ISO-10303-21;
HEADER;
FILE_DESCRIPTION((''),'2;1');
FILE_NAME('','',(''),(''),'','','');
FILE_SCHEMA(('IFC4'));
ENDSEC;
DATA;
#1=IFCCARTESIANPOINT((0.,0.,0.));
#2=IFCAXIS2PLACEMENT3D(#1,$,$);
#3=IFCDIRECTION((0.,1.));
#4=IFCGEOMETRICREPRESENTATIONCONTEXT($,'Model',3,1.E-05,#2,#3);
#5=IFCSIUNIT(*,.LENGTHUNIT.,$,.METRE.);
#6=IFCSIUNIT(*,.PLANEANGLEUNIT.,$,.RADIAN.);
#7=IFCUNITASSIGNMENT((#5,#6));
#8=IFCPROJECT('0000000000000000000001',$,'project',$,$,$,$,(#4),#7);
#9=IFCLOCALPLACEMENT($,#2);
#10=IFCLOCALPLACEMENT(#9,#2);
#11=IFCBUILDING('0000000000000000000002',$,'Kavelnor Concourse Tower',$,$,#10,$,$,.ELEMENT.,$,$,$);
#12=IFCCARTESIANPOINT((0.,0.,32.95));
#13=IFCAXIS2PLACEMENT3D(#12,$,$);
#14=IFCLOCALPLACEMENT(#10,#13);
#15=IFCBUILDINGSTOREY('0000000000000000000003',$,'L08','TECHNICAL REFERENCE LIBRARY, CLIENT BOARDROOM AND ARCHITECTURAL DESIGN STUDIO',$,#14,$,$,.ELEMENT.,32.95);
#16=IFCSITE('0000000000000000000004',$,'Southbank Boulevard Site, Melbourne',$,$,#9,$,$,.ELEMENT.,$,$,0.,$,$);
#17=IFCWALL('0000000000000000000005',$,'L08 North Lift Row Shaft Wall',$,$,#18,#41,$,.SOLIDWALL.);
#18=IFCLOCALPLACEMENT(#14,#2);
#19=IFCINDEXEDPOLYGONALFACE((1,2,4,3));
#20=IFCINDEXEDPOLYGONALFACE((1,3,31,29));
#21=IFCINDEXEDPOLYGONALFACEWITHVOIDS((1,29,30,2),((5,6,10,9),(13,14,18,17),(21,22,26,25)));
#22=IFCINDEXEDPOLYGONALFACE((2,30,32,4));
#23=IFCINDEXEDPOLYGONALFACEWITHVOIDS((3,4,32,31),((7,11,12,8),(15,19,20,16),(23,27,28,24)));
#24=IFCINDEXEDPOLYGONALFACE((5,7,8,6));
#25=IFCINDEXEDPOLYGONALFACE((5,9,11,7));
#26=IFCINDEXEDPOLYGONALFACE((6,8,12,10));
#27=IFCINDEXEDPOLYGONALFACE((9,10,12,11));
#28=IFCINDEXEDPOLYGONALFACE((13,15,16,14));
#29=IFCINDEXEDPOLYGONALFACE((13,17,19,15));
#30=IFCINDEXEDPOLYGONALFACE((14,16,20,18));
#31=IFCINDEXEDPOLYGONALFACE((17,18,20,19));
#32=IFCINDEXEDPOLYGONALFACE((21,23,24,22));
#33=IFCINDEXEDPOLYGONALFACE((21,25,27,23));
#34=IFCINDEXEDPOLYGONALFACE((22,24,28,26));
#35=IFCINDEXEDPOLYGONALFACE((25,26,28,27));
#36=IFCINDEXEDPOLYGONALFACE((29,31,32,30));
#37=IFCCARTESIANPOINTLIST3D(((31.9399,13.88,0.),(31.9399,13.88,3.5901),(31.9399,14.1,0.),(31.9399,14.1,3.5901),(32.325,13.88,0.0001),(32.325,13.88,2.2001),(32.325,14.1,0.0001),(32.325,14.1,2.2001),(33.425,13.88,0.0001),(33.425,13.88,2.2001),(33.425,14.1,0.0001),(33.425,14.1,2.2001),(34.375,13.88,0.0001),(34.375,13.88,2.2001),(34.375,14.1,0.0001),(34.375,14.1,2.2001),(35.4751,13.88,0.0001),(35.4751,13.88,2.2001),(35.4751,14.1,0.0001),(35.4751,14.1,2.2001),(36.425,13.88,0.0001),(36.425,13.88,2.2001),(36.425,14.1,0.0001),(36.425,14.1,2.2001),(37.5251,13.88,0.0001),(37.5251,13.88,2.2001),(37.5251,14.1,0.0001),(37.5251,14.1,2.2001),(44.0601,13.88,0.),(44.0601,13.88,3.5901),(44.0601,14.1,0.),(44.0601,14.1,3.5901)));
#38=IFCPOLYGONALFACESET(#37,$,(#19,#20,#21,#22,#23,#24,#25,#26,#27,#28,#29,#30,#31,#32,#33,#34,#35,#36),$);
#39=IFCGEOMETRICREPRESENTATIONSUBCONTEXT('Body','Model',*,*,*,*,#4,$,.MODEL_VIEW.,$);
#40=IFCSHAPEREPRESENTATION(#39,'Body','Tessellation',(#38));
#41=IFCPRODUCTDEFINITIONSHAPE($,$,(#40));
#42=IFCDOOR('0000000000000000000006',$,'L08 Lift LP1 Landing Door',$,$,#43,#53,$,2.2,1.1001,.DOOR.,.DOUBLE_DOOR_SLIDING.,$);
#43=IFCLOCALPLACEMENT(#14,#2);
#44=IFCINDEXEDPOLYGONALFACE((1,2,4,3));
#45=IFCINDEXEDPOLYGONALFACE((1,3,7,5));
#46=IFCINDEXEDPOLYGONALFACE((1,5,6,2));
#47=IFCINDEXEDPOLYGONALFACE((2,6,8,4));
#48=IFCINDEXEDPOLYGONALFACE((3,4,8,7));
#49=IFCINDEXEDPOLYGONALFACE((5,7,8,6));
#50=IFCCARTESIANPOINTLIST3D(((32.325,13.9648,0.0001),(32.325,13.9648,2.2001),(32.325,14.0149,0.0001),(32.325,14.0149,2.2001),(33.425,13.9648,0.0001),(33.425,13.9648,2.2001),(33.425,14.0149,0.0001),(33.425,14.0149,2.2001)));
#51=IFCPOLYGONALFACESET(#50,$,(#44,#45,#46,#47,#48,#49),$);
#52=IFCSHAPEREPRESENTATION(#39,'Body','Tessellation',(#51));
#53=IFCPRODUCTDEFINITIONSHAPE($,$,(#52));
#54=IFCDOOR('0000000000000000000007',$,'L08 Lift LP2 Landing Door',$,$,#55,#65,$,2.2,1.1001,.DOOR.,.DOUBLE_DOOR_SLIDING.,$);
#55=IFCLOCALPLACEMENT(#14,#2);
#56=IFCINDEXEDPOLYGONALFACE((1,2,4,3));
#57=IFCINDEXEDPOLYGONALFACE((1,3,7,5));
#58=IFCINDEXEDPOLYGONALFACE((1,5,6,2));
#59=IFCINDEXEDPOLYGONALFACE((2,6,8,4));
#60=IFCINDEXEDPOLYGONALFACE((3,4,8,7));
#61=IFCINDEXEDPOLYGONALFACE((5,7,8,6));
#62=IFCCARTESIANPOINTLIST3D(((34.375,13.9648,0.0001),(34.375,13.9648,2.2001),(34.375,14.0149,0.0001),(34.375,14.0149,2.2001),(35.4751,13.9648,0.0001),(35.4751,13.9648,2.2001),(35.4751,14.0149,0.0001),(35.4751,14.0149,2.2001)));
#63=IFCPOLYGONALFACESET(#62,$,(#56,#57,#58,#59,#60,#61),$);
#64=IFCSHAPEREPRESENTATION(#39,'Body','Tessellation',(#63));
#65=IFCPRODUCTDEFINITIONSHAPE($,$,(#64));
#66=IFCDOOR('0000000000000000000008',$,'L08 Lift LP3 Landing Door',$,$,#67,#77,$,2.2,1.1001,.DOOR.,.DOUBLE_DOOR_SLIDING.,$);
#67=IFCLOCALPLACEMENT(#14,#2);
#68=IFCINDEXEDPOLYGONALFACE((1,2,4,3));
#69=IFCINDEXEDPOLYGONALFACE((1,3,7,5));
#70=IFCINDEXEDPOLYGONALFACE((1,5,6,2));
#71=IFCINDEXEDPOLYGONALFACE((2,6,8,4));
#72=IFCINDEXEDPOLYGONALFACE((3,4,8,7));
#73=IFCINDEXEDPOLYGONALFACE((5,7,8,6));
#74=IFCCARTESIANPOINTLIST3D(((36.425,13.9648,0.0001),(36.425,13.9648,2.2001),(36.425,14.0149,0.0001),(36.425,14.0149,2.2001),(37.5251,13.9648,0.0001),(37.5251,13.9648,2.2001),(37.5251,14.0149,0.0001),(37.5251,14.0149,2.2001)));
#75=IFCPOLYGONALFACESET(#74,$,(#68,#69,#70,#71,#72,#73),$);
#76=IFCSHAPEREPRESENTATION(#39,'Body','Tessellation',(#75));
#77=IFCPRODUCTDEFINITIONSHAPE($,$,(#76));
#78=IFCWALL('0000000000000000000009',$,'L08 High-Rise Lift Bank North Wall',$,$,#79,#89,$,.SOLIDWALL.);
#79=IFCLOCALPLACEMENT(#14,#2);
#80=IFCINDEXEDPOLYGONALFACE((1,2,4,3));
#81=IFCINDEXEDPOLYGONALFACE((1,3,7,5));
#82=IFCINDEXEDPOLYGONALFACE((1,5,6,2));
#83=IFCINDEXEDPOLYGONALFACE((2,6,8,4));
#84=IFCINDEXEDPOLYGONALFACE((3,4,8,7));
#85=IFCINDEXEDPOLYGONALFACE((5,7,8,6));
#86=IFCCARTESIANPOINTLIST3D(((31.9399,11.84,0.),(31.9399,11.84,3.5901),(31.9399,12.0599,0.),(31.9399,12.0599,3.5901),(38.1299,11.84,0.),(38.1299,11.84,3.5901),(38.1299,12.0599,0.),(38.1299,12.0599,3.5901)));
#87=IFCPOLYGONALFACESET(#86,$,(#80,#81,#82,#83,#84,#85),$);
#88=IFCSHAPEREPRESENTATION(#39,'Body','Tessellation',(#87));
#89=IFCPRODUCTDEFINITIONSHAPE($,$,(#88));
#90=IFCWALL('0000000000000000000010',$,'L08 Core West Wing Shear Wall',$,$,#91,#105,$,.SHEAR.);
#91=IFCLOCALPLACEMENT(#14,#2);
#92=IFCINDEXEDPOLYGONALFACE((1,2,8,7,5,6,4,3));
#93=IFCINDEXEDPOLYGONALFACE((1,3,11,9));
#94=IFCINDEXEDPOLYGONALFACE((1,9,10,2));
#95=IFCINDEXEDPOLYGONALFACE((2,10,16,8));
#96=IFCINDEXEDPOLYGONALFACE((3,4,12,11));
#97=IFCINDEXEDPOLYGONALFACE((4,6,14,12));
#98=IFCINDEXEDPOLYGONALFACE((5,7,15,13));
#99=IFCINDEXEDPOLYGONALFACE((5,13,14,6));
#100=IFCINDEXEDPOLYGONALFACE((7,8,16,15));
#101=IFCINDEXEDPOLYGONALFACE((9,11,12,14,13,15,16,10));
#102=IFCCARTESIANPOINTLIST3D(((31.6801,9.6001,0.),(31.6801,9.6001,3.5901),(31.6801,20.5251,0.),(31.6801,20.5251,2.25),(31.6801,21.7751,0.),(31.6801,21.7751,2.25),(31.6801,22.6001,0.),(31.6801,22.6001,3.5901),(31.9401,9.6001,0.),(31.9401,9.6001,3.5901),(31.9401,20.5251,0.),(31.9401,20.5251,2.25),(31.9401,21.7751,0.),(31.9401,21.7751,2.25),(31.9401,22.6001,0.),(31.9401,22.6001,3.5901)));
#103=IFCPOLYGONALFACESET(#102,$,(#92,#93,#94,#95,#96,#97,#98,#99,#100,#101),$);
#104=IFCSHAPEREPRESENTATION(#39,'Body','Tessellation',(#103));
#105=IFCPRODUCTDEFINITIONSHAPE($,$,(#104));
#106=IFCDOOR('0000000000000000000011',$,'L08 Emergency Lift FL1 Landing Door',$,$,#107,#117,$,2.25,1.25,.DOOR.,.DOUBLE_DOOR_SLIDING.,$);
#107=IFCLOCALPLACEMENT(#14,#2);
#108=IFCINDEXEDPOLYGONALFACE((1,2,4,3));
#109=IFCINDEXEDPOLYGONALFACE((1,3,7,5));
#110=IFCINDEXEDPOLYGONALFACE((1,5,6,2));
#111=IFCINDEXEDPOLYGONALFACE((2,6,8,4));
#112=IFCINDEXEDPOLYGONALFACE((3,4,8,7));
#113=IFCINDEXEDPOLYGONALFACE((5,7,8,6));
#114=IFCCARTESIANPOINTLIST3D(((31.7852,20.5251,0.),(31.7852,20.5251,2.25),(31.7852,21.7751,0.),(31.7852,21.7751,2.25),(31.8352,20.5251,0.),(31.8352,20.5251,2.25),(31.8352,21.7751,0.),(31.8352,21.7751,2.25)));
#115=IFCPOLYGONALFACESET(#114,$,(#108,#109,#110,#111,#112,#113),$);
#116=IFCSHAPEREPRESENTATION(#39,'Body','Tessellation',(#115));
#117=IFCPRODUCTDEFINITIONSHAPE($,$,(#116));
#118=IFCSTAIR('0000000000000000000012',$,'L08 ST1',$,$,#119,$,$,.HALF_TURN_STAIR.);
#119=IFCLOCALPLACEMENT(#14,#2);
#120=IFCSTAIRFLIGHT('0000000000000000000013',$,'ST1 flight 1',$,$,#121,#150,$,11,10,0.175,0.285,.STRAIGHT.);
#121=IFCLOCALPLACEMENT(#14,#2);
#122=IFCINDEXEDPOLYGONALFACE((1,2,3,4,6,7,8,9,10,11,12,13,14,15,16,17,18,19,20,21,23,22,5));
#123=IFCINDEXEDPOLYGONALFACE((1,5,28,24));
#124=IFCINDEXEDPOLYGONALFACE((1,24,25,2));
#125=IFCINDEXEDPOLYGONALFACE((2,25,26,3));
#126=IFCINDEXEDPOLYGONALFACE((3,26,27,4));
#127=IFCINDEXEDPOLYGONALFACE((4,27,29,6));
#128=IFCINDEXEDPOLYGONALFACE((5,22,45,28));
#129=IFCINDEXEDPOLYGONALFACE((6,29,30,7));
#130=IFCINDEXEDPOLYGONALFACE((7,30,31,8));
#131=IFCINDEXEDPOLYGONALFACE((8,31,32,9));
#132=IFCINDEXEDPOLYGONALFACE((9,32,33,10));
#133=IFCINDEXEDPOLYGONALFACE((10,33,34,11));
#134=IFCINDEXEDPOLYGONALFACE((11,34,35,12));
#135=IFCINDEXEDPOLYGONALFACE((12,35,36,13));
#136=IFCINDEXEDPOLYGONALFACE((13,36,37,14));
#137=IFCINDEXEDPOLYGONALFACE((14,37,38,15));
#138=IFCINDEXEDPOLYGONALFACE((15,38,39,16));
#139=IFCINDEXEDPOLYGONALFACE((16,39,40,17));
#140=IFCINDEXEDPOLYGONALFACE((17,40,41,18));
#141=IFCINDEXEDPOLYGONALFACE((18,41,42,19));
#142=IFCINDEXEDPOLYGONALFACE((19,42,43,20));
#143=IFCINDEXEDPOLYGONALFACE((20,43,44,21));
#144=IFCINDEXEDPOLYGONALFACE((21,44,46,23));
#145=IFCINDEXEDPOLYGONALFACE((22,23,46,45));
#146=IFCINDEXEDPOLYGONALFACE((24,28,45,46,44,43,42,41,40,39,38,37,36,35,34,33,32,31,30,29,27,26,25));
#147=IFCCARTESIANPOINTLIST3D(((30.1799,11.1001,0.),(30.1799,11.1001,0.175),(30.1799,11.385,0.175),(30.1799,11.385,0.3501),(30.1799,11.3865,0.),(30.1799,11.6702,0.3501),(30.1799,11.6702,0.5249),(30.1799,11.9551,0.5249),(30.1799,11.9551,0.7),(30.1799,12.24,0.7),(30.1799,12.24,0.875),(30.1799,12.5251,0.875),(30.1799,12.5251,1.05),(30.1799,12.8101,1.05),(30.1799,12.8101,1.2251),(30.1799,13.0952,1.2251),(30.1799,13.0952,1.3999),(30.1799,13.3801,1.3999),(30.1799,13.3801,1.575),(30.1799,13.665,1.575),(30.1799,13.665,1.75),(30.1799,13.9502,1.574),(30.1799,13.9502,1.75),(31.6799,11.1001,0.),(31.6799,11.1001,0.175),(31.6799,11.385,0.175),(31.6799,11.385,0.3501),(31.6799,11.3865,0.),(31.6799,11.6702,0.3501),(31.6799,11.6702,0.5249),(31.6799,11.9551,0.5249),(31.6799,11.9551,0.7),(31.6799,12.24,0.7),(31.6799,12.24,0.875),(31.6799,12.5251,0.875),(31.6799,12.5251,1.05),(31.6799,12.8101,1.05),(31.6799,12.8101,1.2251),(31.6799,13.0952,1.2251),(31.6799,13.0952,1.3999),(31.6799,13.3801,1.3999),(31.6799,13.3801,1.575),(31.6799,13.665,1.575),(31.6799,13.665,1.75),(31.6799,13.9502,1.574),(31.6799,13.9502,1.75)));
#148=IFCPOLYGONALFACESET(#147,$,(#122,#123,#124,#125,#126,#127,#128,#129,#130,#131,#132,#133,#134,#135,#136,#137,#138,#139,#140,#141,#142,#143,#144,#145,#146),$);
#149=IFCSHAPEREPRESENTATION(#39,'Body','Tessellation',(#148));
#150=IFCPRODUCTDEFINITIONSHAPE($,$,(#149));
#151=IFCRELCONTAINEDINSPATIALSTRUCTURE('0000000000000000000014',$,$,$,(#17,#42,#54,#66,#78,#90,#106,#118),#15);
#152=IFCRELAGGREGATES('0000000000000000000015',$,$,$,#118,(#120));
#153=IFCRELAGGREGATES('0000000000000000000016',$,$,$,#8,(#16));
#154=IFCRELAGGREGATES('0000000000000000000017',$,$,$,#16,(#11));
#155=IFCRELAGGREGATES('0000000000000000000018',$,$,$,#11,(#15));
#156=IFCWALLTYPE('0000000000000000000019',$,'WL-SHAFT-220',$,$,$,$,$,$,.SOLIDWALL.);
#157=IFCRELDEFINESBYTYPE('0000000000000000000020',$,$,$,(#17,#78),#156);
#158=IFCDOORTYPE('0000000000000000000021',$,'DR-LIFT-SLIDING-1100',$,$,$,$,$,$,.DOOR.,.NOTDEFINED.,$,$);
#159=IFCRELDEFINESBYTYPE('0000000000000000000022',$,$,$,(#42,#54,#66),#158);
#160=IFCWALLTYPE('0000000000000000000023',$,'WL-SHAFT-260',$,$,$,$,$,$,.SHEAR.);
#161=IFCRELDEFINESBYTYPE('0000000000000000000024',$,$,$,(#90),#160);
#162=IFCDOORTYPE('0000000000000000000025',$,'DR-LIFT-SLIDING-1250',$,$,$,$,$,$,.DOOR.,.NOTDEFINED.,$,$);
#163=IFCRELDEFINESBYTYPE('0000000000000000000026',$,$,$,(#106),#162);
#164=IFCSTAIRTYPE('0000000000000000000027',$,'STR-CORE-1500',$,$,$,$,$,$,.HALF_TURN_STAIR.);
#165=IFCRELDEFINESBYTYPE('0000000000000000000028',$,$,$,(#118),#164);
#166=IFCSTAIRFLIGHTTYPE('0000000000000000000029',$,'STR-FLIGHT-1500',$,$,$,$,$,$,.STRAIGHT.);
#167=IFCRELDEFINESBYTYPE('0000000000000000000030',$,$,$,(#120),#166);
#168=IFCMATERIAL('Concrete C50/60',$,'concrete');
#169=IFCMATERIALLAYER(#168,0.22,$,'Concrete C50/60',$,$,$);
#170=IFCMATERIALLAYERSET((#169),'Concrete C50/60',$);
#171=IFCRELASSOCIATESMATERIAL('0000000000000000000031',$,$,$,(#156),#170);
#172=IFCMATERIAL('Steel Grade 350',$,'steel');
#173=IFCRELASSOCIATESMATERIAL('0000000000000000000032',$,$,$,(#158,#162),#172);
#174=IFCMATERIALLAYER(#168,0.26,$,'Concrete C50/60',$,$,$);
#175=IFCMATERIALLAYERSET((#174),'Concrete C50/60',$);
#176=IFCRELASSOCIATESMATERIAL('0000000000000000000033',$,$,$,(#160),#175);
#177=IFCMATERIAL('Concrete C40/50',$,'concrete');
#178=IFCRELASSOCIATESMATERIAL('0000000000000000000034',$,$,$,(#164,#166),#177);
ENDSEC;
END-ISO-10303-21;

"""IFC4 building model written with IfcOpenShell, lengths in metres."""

from ifc_helpers import new_model, si_unit, direction, frame, frame_2d, origin, place, context, subcontext, project, spatial, polyline, rectangle, outline, extrude, material, layer, layer_set, type_object, element, fill, aggregate, save


model = new_model("IFC4")

# Units and contexts
model_context = context("Model", 3, precision=1e-05, world=origin(), true_north=direction((0.0, 1.0)))
body_context = subcontext(model_context, "Body", "Model", "MODEL_VIEW")
ifc_project = project(units=[si_unit("LENGTHUNIT", "METRE"), si_unit("PLANEANGLEUNIT", "RADIAN")], contexts=[model_context])

# Site, building, storey
site_placement = place(None, origin())
site = spatial("IfcSite", under=ifc_project, at=site_placement, Name="Southbank Boulevard Site, Melbourne", CompositionType="ELEMENT", RefElevation=0.0)
building_placement = place(site_placement, origin())
building = spatial("IfcBuilding", under=site, at=building_placement, Name="Kavelnor Concourse Tower", CompositionType="ELEMENT")
storey_placement = place(building_placement, frame((0.0, 0.0, 32.95)))
storey = spatial("IfcBuildingStorey", under=building, at=storey_placement, Name="L08", Description="TECHNICAL REFERENCE LIBRARY, CLIENT BOARDROOM AND ARCHITECTURAL DESIGN STUDIO", CompositionType="ELEMENT", Elevation=32.95)

# Shared definitions
ifc_material_1 = material(Name="Steel Grade 350", Category="steel")

# Shared definitions
ifc_material_2 = material(Name="Concrete C50/60", Category="concrete")
ifc_layer_1 = layer(ifc_material_2, 0.22, Name="Concrete C50/60")
ifc_layer_set_1 = layer_set([ifc_layer_1], Name="Concrete C50/60")
wall_type_1 = type_object("IfcWallType", Name="WL-SHAFT-220", PredefinedType="SOLIDWALL", material=ifc_layer_set_1)

# Wall, openings, doors
wall_1_placement = place(storey_placement, frame((31.9399, 13.99, 0.0), z_axis=(0.0, 0.0, 1.0), x_axis=(1.0, 0.0, 0.0)))
wall_1 = element("IfcWall", 1, at=wall_1_placement, inside=storey, type_object=wall_type_1, Name="L08 North Lift Row Shaft Wall", PredefinedType="SOLIDWALL", context=body_context, shape_type="SweptSolid", body=[
    extrude(rectangle(XDim=12.1201, YDim=0.22, at=frame_2d((6.0601, 0.0))), origin(), (0.0, 0.0, 1.0), 3.5901),
])
opening_1_placement = place(wall_1_placement, frame((0.385, 0.0, 0.0)))
opening_1 = element("IfcOpeningElement", 2, at=opening_1_placement, cuts=wall_1, PredefinedType="OPENING", context=body_context, shape_type="SweptSolid", body=[
    extrude(rectangle(XDim=1.1001, YDim=2.2, at=frame_2d((0.55, 1.1001))), frame((0.0, 0.1201, 0.0), z_axis=(0.0, -1.0, 0.0), x_axis=(1.0, 0.0, 0.0)), (0.0, 0.0, 1.0), 0.24),
])
opening_2_placement = place(wall_1_placement, frame((2.4351, 0.0, 0.0)))
opening_2 = element("IfcOpeningElement", 3, at=opening_2_placement, cuts=wall_1, PredefinedType="OPENING", context=body_context, shape_type="SweptSolid", body=[
    extrude(rectangle(XDim=1.1001, YDim=2.2, at=frame_2d((0.55, 1.1001))), frame((0.0, 0.1201, 0.0), z_axis=(0.0, -1.0, 0.0), x_axis=(1.0, 0.0, 0.0)), (0.0, 0.0, 1.0), 0.24),
])
opening_3_placement = place(wall_1_placement, frame((4.4851, 0.0, 0.0)))
opening_3 = element("IfcOpeningElement", 4, at=opening_3_placement, cuts=wall_1, PredefinedType="OPENING", context=body_context, shape_type="SweptSolid", body=[
    extrude(rectangle(XDim=1.1001, YDim=2.2, at=frame_2d((0.55, 1.1001))), frame((0.0, 0.1201, 0.0), z_axis=(0.0, -1.0, 0.0), x_axis=(1.0, 0.0, 0.0)), (0.0, 0.0, 1.0), 0.24),
])
door_type_1 = type_object("IfcDoorType", Name="DR-LIFT-SLIDING-1100", OperationType="NOTDEFINED", PredefinedType="DOOR", material=ifc_material_1)
door_1_placement = place(opening_1_placement, origin())
door_1 = element("IfcDoor", 5, at=door_1_placement, inside=storey, type_object=door_type_1, Name="L08 Lift LP1 Landing Door", OperationType="DOUBLE_DOOR_SLIDING", OverallHeight=2.2, OverallWidth=1.1001, PredefinedType="DOOR", context=body_context, shape_type="SweptSolid", body=[
    extrude(rectangle(XDim=1.1001, YDim=2.2, at=frame_2d((0.55, 1.1001))), frame((0.0, 0.0249, 0.0), z_axis=(0.0, -1.0, 0.0), x_axis=(1.0, 0.0, 0.0)), (0.0, 0.0, 1.0), 0.05),
])
fill(opening_1, door_1)
door_2_placement = place(opening_2_placement, origin())
door_2 = element("IfcDoor", 6, at=door_2_placement, inside=storey, type_object=door_type_1, Name="L08 Lift LP2 Landing Door", OperationType="DOUBLE_DOOR_SLIDING", OverallHeight=2.2, OverallWidth=1.1001, PredefinedType="DOOR", context=body_context, shape_type="SweptSolid", body=[
    extrude(rectangle(XDim=1.1001, YDim=2.2, at=frame_2d((0.55, 1.1001))), frame((0.0, 0.0249, 0.0), z_axis=(0.0, -1.0, 0.0), x_axis=(1.0, 0.0, 0.0)), (0.0, 0.0, 1.0), 0.05),
])
fill(opening_2, door_2)
door_3_placement = place(opening_3_placement, origin())
door_3 = element("IfcDoor", 7, at=door_3_placement, inside=storey, type_object=door_type_1, Name="L08 Lift LP3 Landing Door", OperationType="DOUBLE_DOOR_SLIDING", OverallHeight=2.2, OverallWidth=1.1001, PredefinedType="DOOR", context=body_context, shape_type="SweptSolid", body=[
    extrude(rectangle(XDim=1.1001, YDim=2.2, at=frame_2d((0.55, 1.1001))), frame((0.0, 0.0249, 0.0), z_axis=(0.0, -1.0, 0.0), x_axis=(1.0, 0.0, 0.0)), (0.0, 0.0, 1.0), 0.05),
])
fill(opening_3, door_3)

# Wall
wall_2_placement = place(storey_placement, frame((31.9399, 11.95, 0.0), z_axis=(0.0, 0.0, 1.0), x_axis=(1.0, 0.0, 0.0)))
element("IfcWall", 8, at=wall_2_placement, inside=storey, type_object=wall_type_1, Name="L08 High-Rise Lift Bank North Wall", PredefinedType="SOLIDWALL", context=body_context, shape_type="SweptSolid", body=[
    extrude(rectangle(XDim=6.1899, YDim=0.22, at=frame_2d((3.095, 0.0))), origin(), (0.0, 0.0, 1.0), 3.5901),
])

# Wall, opening, door
ifc_layer_2 = layer(ifc_material_2, 0.26, Name="Concrete C50/60")
ifc_layer_set_2 = layer_set([ifc_layer_2], Name="Concrete C50/60")
wall_type_2 = type_object("IfcWallType", Name="WL-SHAFT-260", PredefinedType="SHEAR", material=ifc_layer_set_2)
wall_3_placement = place(storey_placement, frame((31.8101, 9.6001, 0.0), z_axis=(0.0, 0.0, 1.0), x_axis=(0.0, 1.0, 0.0)))
wall_3 = element("IfcWall", 9, at=wall_3_placement, inside=storey, type_object=wall_type_2, Name="L08 Core West Wing Shear Wall", PredefinedType="SHEAR", context=body_context, shape_type="SweptSolid", body=[
    extrude(rectangle(XDim=13.0, YDim=0.26, at=frame_2d((6.5, 0.0))), origin(), (0.0, 0.0, 1.0), 3.5901),
])
opening_4_placement = place(wall_3_placement, frame((10.925, 0.0, 0.0)))
opening_4 = element("IfcOpeningElement", 10, at=opening_4_placement, cuts=wall_3, PredefinedType="OPENING", context=body_context, shape_type="SweptSolid", body=[
    extrude(rectangle(XDim=1.25, YDim=2.25, at=frame_2d((0.625, 1.125))), frame((0.0, 0.1401, 0.0), z_axis=(0.0, -1.0, 0.0), x_axis=(1.0, 0.0, 0.0)), (0.0, 0.0, 1.0), 0.28),
])
door_type_2 = type_object("IfcDoorType", Name="DR-LIFT-SLIDING-1250", OperationType="NOTDEFINED", PredefinedType="DOOR", material=ifc_material_1)
door_4_placement = place(opening_4_placement, origin())
door_4 = element("IfcDoor", 11, at=door_4_placement, inside=storey, type_object=door_type_2, Name="L08 Emergency Lift FL1 Landing Door", OperationType="DOUBLE_DOOR_SLIDING", OverallHeight=2.25, OverallWidth=1.25, PredefinedType="DOOR", context=body_context, shape_type="SweptSolid", body=[
    extrude(rectangle(XDim=1.25, YDim=2.25, at=frame_2d((0.625, 1.125))), frame((0.0, 0.0249, 0.0), z_axis=(0.0, -1.0, 0.0), x_axis=(1.0, 0.0, 0.0)), (0.0, 0.0, 1.0), 0.05),
])
fill(opening_4, door_4)

# Stair, stair flight
ifc_material_3 = material(Name="Concrete C40/50", Category="concrete")
stair_type = type_object("IfcStairType", Name="STR-CORE-1500", PredefinedType="HALF_TURN_STAIR", material=ifc_material_3)
stair_placement = place(storey_placement, origin())
stair = element("IfcStair", 12, at=stair_placement, inside=storey, type_object=stair_type, Name="L08 ST1", PredefinedType="HALF_TURN_STAIR")
stair_flight_type = type_object("IfcStairFlightType", Name="STR-FLIGHT-1500", PredefinedType="STRAIGHT", material=ifc_material_3)
stair_flight_1_placement = place(storey_placement, frame((30.9299, 11.1001, 0.0), z_axis=(0.0, 0.0, 1.0), x_axis=(0.0, 1.0, 0.0)))
stair_flight_1 = element("IfcStairFlight", 13, at=stair_flight_1_placement, type_object=stair_flight_type, Name="ST1 flight 1", NumberOfRisers=11, NumberOfTreads=10, PredefinedType="STRAIGHT", RiserHeight=0.175, TreadLength=0.285, context=body_context, shape_type="SweptSolid", body=[
    extrude(outline(polyline([(0.0, 0.0), (0.0, 0.175), (0.2849, 0.175), (0.2849, 0.3501), (0.5701, 0.3501), (0.5701, 0.5249), (0.855, 0.5249), (0.855, 0.7), (1.1399, 0.7), (1.1399, 0.875), (1.425, 0.875), (1.425, 1.05), (1.71, 1.05), (1.71, 1.2251), (1.9951, 1.2251), (1.9951, 1.3999), (2.28, 1.3999), (2.28, 1.575), (2.5649, 1.575), (2.5649, 1.75), (2.8501, 1.75), (2.8501, 1.925), (2.8501, 1.574), (0.2864, 0.0), (0.0, 0.0)])), frame((0.0, 0.75, 0.0), z_axis=(0.0, -1.0, 0.0), x_axis=(1.0, 0.0, 0.0)), (0.0, 0.0, 1.0), 1.5),
])
aggregate(stair, [stair_flight_1])

save(model, "model.ifc")
